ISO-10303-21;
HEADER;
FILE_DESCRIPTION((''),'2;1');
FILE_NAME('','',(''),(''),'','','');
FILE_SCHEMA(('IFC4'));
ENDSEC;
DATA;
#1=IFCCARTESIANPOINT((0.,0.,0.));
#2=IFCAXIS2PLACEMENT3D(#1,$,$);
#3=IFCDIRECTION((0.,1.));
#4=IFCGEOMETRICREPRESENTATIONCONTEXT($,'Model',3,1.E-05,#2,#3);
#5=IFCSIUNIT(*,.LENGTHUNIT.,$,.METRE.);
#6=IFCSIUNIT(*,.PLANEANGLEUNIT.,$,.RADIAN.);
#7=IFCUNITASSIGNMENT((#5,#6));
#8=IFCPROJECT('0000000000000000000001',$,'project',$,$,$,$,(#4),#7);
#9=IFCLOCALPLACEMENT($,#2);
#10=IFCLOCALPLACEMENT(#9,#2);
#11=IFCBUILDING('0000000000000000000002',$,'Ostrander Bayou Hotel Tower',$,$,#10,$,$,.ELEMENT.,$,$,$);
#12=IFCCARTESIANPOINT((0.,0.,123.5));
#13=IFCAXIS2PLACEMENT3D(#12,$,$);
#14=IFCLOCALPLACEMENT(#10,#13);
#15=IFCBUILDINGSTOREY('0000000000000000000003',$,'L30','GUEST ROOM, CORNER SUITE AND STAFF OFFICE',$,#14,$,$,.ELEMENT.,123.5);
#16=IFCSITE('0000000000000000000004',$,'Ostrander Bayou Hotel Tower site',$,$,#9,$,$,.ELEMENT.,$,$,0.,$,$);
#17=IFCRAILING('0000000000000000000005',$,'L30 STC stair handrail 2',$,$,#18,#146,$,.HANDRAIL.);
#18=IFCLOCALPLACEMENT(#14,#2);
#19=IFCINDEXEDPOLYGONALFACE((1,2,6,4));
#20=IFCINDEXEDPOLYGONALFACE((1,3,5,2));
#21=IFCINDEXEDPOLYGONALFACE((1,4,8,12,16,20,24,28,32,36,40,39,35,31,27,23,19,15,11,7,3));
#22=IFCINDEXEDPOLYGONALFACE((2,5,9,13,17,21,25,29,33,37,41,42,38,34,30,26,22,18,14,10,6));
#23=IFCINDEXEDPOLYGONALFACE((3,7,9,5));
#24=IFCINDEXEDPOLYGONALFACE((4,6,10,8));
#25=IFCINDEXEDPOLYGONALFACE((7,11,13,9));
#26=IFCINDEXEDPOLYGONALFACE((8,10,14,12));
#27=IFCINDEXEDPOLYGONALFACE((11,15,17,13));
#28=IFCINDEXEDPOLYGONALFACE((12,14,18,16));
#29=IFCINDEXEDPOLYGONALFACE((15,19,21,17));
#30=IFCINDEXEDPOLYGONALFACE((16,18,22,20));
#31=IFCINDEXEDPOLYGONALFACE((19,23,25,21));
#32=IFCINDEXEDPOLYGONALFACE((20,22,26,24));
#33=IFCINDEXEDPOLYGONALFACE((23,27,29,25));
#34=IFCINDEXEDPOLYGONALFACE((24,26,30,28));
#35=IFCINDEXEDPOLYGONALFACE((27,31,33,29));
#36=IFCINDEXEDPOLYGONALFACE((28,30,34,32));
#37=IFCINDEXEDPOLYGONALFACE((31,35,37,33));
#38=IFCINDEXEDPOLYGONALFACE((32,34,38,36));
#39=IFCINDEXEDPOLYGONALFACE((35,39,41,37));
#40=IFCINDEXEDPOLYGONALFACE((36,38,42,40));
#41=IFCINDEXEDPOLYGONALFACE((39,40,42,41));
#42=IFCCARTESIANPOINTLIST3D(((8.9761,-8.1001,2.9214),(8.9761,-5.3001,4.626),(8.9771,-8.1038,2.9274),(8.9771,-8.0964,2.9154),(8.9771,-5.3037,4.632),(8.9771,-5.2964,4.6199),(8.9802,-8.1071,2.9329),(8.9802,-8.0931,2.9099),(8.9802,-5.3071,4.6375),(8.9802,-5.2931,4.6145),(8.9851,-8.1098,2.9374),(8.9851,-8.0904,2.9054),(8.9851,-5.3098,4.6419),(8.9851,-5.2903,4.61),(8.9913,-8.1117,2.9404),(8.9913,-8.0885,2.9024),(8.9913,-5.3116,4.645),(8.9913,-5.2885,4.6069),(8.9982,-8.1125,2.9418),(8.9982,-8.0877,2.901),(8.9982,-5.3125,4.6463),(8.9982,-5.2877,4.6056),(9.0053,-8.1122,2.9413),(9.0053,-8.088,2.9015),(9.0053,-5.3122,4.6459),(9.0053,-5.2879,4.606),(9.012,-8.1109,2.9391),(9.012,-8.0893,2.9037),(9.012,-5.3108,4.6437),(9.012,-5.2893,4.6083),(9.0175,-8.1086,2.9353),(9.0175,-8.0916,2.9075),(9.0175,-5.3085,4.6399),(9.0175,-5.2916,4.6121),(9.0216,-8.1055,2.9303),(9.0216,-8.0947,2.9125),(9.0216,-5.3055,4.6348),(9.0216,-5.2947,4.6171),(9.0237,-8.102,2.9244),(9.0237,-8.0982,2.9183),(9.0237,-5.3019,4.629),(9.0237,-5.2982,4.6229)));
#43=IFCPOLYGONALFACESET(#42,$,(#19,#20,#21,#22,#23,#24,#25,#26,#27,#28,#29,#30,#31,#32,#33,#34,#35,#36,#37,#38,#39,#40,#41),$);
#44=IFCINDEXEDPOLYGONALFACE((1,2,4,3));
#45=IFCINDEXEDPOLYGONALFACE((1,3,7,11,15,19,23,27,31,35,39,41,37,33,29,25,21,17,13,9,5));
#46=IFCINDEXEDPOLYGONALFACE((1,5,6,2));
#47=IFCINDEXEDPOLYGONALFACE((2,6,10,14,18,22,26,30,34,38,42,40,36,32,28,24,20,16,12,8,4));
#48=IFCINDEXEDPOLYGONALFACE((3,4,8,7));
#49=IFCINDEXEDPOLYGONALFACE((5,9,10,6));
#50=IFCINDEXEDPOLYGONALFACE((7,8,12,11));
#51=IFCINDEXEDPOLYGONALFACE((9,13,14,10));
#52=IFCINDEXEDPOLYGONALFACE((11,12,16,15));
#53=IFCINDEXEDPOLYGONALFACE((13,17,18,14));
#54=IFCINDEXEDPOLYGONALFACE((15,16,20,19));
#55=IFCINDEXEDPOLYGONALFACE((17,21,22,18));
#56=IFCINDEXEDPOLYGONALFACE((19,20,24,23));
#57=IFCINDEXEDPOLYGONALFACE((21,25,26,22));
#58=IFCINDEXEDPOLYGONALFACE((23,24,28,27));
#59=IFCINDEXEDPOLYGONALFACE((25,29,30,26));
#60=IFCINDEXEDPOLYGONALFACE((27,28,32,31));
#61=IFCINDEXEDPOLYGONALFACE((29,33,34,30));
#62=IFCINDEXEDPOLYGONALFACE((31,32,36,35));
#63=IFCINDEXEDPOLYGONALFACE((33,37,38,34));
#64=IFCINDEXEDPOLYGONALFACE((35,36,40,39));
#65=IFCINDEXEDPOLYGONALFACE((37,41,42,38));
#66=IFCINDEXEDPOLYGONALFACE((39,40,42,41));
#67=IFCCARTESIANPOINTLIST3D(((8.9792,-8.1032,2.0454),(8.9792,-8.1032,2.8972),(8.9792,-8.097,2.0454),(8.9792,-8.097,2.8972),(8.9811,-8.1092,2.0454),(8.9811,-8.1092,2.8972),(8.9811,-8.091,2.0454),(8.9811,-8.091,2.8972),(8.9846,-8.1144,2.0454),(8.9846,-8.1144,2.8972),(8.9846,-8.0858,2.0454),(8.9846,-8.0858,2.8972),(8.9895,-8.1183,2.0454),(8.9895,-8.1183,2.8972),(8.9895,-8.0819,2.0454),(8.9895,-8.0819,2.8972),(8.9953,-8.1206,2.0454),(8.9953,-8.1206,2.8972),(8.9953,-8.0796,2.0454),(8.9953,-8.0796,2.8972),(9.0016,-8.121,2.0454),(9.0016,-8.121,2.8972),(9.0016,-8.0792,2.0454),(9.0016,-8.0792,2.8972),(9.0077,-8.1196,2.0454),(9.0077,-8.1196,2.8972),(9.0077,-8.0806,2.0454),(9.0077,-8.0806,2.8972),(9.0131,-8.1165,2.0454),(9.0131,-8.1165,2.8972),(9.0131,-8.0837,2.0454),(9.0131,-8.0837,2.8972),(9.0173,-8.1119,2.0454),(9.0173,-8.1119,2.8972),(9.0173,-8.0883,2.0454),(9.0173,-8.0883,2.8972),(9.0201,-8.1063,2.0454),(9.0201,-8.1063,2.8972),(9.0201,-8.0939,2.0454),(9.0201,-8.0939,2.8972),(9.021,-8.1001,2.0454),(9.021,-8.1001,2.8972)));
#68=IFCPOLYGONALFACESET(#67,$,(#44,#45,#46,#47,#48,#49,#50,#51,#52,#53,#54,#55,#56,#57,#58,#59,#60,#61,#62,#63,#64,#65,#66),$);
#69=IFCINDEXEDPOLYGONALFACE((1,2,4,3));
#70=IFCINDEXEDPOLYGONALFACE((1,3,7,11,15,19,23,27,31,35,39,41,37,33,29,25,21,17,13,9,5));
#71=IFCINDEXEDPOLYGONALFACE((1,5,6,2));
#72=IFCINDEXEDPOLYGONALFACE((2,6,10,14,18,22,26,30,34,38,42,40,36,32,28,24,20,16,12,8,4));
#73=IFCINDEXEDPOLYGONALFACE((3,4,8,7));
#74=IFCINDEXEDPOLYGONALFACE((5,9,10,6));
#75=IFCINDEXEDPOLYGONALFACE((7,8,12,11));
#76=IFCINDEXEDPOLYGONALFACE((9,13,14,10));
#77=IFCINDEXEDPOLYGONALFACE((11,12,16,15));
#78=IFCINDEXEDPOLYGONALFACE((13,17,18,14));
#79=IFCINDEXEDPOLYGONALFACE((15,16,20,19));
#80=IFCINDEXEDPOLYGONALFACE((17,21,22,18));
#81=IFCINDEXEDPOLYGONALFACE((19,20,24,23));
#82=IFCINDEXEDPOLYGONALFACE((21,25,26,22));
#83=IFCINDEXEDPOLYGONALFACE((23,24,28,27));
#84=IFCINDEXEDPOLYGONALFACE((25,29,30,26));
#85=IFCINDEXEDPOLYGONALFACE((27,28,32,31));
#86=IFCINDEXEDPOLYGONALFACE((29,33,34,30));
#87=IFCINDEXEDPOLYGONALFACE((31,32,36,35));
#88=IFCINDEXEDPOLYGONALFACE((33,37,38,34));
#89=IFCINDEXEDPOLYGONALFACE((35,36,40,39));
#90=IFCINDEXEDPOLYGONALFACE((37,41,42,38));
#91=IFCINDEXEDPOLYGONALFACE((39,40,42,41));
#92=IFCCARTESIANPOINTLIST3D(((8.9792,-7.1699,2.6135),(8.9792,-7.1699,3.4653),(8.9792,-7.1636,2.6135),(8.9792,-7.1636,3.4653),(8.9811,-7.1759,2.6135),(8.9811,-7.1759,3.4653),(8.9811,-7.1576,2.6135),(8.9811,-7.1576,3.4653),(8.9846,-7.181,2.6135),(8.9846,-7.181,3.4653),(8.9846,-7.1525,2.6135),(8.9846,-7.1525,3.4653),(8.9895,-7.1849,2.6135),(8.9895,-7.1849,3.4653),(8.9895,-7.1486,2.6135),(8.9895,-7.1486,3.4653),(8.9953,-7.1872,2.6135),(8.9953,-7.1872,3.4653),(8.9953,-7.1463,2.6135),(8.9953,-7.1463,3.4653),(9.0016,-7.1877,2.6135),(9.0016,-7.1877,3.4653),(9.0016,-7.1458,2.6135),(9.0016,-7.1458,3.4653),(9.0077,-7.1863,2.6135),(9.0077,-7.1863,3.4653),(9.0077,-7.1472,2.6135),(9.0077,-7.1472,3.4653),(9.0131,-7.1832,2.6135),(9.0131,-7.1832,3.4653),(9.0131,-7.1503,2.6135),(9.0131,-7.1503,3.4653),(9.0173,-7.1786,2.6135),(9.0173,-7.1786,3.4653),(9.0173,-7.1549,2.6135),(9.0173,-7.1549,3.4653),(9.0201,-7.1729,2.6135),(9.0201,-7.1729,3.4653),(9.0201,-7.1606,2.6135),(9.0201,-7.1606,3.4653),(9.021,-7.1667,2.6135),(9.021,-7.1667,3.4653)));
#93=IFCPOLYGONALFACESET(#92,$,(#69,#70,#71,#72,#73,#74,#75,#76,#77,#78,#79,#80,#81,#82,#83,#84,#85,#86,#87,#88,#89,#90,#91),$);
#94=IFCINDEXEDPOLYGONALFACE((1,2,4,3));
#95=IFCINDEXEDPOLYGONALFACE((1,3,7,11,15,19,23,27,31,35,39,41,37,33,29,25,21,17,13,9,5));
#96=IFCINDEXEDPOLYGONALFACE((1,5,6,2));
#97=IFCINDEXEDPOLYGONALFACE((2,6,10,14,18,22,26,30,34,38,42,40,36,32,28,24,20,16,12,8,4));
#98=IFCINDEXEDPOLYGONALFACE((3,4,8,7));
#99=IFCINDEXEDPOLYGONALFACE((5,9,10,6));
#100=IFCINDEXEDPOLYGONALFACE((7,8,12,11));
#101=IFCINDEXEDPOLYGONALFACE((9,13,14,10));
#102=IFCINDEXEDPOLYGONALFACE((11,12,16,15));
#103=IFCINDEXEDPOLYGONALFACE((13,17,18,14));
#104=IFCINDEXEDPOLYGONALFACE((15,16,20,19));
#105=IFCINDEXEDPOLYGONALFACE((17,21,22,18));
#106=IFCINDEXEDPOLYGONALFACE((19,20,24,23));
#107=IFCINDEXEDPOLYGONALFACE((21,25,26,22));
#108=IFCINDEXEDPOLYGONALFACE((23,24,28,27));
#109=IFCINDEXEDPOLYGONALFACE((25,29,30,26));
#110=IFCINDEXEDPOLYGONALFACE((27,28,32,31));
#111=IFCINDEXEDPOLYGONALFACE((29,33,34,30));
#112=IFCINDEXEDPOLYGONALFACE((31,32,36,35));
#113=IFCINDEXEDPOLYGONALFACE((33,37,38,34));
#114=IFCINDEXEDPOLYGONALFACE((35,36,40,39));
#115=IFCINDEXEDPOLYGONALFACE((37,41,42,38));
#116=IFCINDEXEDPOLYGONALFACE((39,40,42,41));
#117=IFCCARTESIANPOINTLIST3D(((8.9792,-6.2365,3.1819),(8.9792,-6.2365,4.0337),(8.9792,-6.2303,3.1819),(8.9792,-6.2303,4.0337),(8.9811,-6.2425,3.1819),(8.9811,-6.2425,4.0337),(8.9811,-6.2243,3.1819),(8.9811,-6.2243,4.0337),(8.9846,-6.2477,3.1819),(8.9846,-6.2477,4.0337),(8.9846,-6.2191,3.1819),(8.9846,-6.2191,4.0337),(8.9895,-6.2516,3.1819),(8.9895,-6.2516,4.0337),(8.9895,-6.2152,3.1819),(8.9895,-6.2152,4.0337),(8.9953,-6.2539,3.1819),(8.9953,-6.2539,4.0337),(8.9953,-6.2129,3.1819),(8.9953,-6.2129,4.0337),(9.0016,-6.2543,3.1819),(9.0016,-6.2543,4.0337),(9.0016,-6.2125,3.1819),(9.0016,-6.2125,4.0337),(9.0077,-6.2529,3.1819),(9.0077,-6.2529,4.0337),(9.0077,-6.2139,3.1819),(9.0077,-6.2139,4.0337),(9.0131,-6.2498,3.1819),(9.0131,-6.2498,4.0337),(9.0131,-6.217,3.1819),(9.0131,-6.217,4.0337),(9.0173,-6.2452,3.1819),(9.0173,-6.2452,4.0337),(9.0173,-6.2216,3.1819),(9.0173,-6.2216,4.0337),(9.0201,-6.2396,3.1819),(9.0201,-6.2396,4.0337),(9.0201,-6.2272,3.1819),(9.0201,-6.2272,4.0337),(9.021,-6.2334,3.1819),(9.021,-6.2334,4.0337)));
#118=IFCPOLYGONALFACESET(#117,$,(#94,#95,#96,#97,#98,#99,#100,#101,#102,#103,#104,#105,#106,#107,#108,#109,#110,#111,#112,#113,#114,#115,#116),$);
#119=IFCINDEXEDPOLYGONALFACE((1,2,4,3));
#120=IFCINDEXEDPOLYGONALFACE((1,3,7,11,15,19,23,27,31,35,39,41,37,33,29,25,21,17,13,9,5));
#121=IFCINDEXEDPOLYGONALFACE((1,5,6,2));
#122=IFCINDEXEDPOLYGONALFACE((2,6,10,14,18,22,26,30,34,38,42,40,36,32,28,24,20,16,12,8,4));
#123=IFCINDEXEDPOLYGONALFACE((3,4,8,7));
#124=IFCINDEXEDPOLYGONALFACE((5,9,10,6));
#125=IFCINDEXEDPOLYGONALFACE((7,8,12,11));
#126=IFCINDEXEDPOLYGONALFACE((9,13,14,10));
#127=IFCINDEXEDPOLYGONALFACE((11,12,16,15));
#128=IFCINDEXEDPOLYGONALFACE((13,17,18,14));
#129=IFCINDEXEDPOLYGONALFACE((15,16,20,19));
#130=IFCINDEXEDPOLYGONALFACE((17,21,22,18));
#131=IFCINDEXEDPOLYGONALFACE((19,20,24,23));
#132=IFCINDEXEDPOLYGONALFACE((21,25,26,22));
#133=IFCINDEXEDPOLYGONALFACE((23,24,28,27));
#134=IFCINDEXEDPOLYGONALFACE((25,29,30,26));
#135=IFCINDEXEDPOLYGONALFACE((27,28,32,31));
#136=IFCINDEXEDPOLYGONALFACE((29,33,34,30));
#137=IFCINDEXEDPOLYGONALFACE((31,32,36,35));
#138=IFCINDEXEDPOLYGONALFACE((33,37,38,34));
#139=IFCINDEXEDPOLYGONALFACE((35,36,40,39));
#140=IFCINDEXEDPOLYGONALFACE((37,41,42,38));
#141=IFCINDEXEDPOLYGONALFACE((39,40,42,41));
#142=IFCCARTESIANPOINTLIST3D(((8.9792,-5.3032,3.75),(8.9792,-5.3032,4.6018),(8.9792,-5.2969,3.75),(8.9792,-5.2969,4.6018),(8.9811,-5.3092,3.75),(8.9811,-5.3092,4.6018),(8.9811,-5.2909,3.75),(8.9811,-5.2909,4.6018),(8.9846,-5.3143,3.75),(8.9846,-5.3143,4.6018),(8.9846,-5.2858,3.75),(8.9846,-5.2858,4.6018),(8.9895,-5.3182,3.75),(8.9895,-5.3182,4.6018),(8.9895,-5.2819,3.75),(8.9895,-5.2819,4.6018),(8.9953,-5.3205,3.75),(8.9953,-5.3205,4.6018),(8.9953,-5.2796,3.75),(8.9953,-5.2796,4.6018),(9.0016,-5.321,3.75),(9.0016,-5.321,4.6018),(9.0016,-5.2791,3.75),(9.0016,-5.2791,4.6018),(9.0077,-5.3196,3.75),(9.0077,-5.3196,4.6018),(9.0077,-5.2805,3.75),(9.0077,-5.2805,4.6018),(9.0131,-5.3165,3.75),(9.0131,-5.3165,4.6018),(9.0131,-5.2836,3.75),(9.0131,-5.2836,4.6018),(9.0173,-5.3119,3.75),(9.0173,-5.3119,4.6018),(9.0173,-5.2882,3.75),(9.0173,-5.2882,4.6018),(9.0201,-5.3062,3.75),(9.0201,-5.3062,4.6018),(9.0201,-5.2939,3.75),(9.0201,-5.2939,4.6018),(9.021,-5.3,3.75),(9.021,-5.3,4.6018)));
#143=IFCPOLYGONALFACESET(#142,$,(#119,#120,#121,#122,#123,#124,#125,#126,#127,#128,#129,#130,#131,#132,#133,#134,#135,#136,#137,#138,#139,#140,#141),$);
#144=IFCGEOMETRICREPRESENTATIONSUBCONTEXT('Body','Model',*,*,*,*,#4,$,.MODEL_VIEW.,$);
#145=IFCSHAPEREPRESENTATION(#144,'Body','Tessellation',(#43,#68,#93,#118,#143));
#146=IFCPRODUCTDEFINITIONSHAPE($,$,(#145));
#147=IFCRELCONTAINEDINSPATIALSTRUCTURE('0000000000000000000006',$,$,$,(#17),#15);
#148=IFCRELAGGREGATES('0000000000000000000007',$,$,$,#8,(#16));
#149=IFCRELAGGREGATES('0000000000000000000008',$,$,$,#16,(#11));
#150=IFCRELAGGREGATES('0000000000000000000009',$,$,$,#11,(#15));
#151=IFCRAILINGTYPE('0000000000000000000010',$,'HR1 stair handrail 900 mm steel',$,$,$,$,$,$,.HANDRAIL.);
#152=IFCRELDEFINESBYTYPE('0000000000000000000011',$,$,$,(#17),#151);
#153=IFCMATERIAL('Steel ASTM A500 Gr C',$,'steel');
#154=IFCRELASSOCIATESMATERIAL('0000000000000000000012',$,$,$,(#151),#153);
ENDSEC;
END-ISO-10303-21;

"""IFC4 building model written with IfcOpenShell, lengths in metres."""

from ifc_helpers import new_model, si_unit, direction, frame, origin, origin_2d, place, context, subcontext, project, spatial, circle, extrude, material, type_object, element, save


model = new_model("IFC4")

# Units and contexts
model_context = context("Model", 3, precision=1e-05, world=origin(), true_north=direction((0.0, 1.0)))
body_context = subcontext(model_context, "Body", "Model", "MODEL_VIEW")
ifc_project = project(units=[si_unit("LENGTHUNIT", "METRE"), si_unit("PLANEANGLEUNIT", "RADIAN")], contexts=[model_context])

# Site, building, storey
site_placement = place(None, origin())
site = spatial("IfcSite", under=ifc_project, at=site_placement, Name="Ostrander Bayou Hotel Tower site", CompositionType="ELEMENT", RefElevation=0.0)
building_placement = place(site_placement, origin())
building = spatial("IfcBuilding", under=site, at=building_placement, Name="Ostrander Bayou Hotel Tower", CompositionType="ELEMENT")
storey_placement = place(building_placement, frame((0.0, 0.0, 123.5)))
storey = spatial("IfcBuildingStorey", under=building, at=storey_placement, Name="L30", Description="GUEST ROOM, CORNER SUITE AND STAFF OFFICE", CompositionType="ELEMENT", Elevation=123.5)

# Railing
ifc_material_1 = material(Name="Steel ASTM A500 Gr C", Category="steel")
railing_type_1 = type_object("IfcRailingType", Name="HR1 stair handrail 900 mm steel", PredefinedType="HANDRAIL", material=ifc_material_1)
railing_1_placement = place(storey_placement, frame((9.0, -8.1001, 2.0454)))
element("IfcRailing", 1, at=railing_1_placement, inside=storey, type_object=railing_type_1, Name="L30 STC stair handrail 2", PredefinedType="HANDRAIL", context=body_context, shape_type="SweptSolid", body=[
    extrude(circle(Radius=0.0239, at=origin_2d()), frame((0.0, 0.0, 0.876), z_axis=(0.0, 0.85417, 0.519994), x_axis=(-1.0, 0.0, 0.0)), (0.0, 0.0, 1.0), 3.2781),
    extrude(circle(Radius=0.021, at=origin_2d()), origin(), (0.0, 0.0, 1.0), 0.8518),
    extrude(circle(Radius=0.021, at=origin_2d()), frame((0.0, 0.9333, 0.5681)), (0.0, 0.0, 1.0), 0.8518),
    extrude(circle(Radius=0.021, at=origin_2d()), frame((0.0, 1.8667, 1.1365)), (0.0, 0.0, 1.0), 0.8518),
    extrude(circle(Radius=0.021, at=origin_2d()), frame((0.0, 2.8, 1.7046)), (0.0, 0.0, 1.0), 0.8518),
])

save(model, "model.ifc")
